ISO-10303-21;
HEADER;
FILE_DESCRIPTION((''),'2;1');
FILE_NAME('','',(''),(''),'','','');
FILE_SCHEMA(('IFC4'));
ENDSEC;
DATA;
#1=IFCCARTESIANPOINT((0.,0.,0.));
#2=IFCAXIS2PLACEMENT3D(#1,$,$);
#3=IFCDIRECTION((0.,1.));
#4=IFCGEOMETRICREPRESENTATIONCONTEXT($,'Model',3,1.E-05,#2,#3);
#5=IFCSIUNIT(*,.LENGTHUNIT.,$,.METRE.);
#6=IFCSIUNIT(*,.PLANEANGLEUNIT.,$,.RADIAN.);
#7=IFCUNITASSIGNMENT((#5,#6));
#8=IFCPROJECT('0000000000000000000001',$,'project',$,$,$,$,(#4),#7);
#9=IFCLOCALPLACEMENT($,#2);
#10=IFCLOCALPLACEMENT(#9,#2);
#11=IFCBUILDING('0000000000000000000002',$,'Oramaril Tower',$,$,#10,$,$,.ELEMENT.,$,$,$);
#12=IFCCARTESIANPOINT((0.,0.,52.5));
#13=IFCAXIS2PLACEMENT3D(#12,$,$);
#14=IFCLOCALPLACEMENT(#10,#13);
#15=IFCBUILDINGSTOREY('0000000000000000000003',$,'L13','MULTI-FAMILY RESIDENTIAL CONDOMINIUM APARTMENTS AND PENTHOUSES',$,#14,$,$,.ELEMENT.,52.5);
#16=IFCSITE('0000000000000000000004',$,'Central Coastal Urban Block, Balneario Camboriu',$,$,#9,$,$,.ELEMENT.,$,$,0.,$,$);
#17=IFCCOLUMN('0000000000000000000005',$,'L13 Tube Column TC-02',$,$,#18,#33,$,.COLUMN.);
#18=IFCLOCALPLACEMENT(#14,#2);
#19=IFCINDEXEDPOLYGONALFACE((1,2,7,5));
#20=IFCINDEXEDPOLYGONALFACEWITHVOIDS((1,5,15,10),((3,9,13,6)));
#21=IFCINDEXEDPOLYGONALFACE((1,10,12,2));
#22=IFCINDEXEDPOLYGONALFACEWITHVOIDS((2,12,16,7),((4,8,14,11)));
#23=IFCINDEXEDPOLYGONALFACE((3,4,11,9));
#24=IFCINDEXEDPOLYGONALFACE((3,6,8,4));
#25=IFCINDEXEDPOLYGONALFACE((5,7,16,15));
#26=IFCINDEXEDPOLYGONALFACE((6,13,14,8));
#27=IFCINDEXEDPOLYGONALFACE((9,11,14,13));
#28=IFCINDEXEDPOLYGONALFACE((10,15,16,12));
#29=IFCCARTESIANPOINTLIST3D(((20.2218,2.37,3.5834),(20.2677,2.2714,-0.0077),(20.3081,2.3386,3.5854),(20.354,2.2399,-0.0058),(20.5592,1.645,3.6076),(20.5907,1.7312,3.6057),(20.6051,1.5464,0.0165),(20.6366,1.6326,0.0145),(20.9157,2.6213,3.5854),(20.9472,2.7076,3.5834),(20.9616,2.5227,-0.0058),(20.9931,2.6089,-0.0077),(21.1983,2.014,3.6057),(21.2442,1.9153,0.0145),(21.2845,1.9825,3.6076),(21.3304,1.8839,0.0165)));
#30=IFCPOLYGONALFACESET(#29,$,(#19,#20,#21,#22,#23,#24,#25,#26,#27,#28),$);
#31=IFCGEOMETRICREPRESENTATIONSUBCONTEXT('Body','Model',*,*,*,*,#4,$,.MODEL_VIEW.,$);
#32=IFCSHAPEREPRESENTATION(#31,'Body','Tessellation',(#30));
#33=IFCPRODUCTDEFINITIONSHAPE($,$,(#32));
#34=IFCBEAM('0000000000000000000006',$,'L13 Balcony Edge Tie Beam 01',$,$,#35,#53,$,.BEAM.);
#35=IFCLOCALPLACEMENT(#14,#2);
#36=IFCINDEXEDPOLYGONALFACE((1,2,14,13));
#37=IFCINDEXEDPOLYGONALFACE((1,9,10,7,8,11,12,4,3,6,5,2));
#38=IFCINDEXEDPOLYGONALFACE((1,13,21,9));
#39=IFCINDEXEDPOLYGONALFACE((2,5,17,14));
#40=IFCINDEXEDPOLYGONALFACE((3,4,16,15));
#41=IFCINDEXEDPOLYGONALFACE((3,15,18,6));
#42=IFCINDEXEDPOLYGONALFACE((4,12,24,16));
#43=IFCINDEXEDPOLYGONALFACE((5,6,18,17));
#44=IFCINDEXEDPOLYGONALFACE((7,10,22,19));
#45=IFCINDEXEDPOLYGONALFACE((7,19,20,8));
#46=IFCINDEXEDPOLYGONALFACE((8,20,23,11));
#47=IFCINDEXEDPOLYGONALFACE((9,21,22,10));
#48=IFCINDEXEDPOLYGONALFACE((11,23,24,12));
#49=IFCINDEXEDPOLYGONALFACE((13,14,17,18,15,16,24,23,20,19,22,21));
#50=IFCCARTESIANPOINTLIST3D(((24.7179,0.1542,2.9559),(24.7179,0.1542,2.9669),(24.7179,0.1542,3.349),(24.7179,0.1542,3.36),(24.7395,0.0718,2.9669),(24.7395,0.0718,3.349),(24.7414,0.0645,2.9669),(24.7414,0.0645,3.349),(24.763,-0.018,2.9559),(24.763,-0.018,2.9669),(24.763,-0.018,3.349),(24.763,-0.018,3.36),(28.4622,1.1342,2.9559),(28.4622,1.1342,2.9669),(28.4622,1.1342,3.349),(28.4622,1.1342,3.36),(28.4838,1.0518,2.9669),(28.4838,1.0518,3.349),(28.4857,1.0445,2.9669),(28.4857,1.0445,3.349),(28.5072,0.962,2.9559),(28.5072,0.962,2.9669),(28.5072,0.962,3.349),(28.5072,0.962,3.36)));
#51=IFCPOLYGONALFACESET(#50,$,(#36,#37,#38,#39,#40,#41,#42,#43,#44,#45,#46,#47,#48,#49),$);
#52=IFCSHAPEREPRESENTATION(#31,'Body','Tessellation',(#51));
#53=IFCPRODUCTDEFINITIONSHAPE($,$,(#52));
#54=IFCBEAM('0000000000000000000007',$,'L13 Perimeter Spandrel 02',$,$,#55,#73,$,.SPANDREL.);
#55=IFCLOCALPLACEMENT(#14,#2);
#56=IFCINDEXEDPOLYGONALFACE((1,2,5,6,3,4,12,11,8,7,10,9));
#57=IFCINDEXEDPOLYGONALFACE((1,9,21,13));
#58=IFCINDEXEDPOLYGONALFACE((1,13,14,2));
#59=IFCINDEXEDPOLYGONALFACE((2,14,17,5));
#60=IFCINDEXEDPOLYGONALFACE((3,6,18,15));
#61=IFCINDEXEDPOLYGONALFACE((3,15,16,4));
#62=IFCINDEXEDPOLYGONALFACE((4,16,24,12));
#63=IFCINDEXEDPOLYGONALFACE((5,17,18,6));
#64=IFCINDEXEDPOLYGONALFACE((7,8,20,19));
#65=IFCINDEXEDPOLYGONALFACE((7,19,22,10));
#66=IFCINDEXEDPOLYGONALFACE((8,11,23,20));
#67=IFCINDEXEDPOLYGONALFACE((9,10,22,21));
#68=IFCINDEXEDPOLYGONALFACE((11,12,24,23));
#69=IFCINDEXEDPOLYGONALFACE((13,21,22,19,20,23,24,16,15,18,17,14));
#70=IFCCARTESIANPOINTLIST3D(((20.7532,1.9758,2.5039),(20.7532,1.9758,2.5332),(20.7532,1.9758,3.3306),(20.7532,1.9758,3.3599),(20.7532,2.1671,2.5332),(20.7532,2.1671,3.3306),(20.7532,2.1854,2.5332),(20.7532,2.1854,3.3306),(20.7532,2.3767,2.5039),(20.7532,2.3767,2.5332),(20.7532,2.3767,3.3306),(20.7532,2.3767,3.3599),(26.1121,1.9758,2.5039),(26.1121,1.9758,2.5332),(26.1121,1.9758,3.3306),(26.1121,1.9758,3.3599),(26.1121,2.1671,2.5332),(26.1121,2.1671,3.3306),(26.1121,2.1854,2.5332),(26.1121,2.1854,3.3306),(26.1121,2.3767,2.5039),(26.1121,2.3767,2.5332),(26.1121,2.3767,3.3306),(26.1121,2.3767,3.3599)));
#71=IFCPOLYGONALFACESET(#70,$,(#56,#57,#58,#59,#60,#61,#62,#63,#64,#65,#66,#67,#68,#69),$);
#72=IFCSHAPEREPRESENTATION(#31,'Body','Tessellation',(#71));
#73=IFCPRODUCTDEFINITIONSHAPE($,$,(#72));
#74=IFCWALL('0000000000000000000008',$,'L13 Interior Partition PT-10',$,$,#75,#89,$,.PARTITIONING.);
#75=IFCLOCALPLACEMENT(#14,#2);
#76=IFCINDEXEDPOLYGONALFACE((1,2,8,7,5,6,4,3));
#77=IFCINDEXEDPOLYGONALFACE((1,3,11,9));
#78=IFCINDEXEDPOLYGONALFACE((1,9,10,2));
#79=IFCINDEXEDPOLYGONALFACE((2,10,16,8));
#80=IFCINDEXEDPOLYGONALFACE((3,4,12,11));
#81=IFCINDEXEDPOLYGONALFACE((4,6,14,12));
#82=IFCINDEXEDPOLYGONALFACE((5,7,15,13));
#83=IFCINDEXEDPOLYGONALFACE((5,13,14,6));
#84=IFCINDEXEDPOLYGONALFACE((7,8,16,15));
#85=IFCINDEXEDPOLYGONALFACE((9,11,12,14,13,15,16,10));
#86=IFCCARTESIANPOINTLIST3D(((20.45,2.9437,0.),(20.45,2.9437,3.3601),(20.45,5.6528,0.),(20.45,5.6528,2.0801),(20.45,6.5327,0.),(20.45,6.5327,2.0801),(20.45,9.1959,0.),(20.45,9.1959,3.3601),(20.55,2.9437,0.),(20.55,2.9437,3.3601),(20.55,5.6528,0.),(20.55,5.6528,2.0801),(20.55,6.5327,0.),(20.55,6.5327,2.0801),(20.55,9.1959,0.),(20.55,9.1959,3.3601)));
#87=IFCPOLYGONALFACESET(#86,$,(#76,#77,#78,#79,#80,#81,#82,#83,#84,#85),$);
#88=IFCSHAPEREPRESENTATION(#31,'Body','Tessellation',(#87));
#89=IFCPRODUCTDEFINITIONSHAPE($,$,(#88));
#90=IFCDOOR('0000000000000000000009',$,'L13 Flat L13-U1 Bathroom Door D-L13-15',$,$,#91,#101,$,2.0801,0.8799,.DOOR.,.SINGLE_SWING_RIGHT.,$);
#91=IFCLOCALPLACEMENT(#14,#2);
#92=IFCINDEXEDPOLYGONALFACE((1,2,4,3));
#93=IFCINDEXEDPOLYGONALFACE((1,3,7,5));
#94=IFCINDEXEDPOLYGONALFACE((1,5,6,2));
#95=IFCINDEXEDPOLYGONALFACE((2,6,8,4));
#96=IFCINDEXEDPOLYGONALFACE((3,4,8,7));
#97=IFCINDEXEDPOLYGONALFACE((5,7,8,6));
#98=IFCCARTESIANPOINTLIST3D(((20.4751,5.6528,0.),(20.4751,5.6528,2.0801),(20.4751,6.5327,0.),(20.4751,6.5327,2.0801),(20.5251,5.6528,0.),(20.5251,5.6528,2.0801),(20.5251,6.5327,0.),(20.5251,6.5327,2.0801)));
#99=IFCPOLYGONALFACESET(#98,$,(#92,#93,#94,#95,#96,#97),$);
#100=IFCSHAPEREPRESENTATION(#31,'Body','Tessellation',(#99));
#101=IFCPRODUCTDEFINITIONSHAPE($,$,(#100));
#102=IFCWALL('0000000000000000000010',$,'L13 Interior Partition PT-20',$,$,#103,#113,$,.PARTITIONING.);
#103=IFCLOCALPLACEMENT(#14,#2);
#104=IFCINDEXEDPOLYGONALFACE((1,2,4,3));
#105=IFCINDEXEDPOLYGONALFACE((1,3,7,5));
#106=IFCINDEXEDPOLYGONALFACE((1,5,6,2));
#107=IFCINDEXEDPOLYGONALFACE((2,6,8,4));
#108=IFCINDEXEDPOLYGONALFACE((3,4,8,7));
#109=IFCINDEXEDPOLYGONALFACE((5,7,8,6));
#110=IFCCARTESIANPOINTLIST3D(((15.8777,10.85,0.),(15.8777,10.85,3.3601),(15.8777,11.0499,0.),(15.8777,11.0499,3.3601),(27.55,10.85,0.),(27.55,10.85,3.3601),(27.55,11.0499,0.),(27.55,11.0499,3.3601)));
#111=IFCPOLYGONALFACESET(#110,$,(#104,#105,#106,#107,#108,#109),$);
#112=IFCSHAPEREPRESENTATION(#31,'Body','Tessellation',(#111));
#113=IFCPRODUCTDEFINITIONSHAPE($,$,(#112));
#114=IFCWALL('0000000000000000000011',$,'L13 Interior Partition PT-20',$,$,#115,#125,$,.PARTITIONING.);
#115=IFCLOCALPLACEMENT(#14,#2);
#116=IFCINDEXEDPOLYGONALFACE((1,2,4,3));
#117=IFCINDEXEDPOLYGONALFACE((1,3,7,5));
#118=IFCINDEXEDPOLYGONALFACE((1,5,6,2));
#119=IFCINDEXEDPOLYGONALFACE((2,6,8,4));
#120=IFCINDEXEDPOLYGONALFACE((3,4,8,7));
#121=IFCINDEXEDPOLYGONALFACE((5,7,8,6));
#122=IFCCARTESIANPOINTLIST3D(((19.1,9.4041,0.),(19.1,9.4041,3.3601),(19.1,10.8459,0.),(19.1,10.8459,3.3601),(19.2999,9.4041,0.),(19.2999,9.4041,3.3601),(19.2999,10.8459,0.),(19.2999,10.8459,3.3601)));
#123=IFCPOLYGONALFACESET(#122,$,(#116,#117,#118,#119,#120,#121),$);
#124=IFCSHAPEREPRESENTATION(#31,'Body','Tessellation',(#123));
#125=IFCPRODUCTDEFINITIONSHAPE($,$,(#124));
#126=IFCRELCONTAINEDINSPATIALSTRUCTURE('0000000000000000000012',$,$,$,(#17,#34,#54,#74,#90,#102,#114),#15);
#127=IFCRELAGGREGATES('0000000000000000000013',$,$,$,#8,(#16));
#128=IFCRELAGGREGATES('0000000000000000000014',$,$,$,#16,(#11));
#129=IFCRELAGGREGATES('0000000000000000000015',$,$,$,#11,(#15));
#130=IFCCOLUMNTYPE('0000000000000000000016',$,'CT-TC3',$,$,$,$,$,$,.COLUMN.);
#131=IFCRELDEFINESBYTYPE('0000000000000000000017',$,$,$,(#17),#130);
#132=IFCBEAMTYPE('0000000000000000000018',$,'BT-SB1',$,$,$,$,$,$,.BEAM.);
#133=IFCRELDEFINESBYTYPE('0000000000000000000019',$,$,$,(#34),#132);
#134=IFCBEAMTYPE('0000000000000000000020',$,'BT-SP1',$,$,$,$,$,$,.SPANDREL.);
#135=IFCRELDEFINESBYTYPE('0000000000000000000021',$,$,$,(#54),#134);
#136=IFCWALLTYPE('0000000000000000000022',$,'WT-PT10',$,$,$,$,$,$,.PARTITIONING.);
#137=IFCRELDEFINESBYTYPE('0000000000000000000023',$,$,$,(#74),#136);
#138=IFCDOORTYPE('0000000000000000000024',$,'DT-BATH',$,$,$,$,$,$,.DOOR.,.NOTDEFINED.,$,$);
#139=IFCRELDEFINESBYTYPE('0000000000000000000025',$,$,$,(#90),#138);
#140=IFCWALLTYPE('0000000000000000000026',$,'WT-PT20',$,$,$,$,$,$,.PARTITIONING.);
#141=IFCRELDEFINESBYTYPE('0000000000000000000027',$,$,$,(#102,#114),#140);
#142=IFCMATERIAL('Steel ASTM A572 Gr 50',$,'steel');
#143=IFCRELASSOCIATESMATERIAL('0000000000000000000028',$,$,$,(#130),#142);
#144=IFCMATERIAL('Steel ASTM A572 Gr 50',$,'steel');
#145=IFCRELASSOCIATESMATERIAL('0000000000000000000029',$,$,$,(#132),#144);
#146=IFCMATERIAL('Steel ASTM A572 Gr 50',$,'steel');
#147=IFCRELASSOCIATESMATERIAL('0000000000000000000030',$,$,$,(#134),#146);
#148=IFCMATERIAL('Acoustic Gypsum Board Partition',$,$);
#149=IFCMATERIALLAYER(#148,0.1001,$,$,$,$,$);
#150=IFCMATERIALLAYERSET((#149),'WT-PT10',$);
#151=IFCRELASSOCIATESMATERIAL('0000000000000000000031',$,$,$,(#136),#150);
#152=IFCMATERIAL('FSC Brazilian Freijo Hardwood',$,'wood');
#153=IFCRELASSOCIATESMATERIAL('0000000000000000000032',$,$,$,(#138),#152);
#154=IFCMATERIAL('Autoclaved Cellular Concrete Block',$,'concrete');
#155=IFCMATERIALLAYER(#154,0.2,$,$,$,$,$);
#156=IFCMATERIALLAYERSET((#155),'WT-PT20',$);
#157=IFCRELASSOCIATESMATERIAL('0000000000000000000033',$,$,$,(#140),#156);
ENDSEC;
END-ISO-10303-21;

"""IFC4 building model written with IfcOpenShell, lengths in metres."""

from ifc_helpers import new_model, si_unit, direction, frame, frame_2d, origin, origin_2d, place, context, subcontext, project, spatial, rectangle, hollow_rectangle, i_section, extrude, material, layer, layer_set, material_profile, profile_set, type_object, element, fill, save


model = new_model("IFC4")

# Units and contexts
model_context = context("Model", 3, precision=1e-05, world=origin(), true_north=direction((0.0, 1.0)))
body_context = subcontext(model_context, "Body", "Model", "MODEL_VIEW")
ifc_project = project(units=[si_unit("LENGTHUNIT", "METRE"), si_unit("PLANEANGLEUNIT", "RADIAN")], contexts=[model_context])

# Site, building, storey
site_placement = place(None, origin())
site = spatial("IfcSite", under=ifc_project, at=site_placement, Name="Central Coastal Urban Block, Balneario Camboriu", CompositionType="ELEMENT", RefElevation=0.0)
building_placement = place(site_placement, origin())
building = spatial("IfcBuilding", under=site, at=building_placement, Name="Oramaril Tower", CompositionType="ELEMENT")
storey_placement = place(building_placement, frame((0.0, 0.0, 52.5)))
storey = spatial("IfcBuildingStorey", under=building, at=storey_placement, Name="L13", Description="MULTI-FAMILY RESIDENTIAL CONDOMINIUM APARTMENTS AND PENTHOUSES", CompositionType="ELEMENT", Elevation=52.5)

# Column
ifc_material_1 = material(Name="Steel ASTM A572 Gr 50", Category="steel")
ifc_material_profile_1 = material_profile(ifc_material_1, hollow_rectangle(XDim=0.8, YDim=0.8, WallThickness=0.0649, at=origin_2d()), Name="BOX800X800X65")
ifc_profile_set_1 = profile_set([ifc_material_profile_1], Name="Steel ASTM A572 Gr 50")
column_type = type_object("IfcColumnType", Name="CT-TC3", PredefinedType="COLUMN", material=ifc_profile_set_1)
column_placement = place(storey_placement, frame((20.7991, 2.0776, 0.0044), z_axis=(-0.012775, 0.027454, 0.999541), x_axis=(-0.906641, -0.421902, 0.0)))
element("IfcColumn", 1, at=column_placement, inside=storey, type_object=column_type, Name="L13 Tube Column TC-02", PredefinedType="COLUMN", context=body_context, shape_type="SweptSolid", body=[
    extrude(hollow_rectangle(XDim=0.8, YDim=0.8, WallThickness=0.0649, at=origin_2d()), origin(), (0.0, 0.0, 1.0), 3.5928),
])

# Beams
ifc_material_2 = material(Name="Steel ASTM A572 Gr 50", Category="steel")
ifc_material_profile_2 = material_profile(ifc_material_2, i_section(OverallWidth=0.178, OverallDepth=0.4041, WebThickness=0.0076, FlangeThickness=0.011, at=origin_2d()), Name="W16X36")
ifc_profile_set_2 = profile_set([ifc_material_profile_2], Name="Steel ASTM A572 Gr 50")
beam_type_1 = type_object("IfcBeamType", Name="BT-SB1", PredefinedType="BEAM", material=ifc_profile_set_2)
beam_1_placement = place(storey_placement, frame((24.7405, 0.0681, 3.158), z_axis=(0.967412, 0.253208, 0.0), x_axis=(-0.253208, 0.967412, 0.0)))
element("IfcBeam", 2, at=beam_1_placement, inside=storey, type_object=beam_type_1, Name="L13 Balcony Edge Tie Beam 01", PredefinedType="BEAM", context=body_context, shape_type="SweptSolid", body=[
    extrude(i_section(OverallWidth=0.178, OverallDepth=0.4041, WebThickness=0.0076, FlangeThickness=0.011, at=origin_2d()), origin(), (0.0, 0.0, 1.0), 3.8704),
])
ifc_material_3 = material(Name="Steel ASTM A572 Gr 50", Category="steel")
ifc_material_profile_3 = material_profile(ifc_material_3, i_section(OverallWidth=0.4009, OverallDepth=0.856, WebThickness=0.0183, FlangeThickness=0.0293, at=origin_2d()), Name="W33X201")
ifc_profile_set_3 = profile_set([ifc_material_profile_3], Name="Steel ASTM A572 Gr 50")
beam_type_2 = type_object("IfcBeamType", Name="BT-SP1", PredefinedType="SPANDREL", material=ifc_profile_set_3)
beam_2_placement = place(storey_placement, frame((20.7532, 2.1763, 2.9319), z_axis=(1.0, 0.0, 0.0), x_axis=(0.0, 1.0, 0.0)))
element("IfcBeam", 3, at=beam_2_placement, inside=storey, type_object=beam_type_2, Name="L13 Perimeter Spandrel 02", PredefinedType="SPANDREL", context=body_context, shape_type="SweptSolid", body=[
    extrude(i_section(OverallWidth=0.4009, OverallDepth=0.856, WebThickness=0.0183, FlangeThickness=0.0293, at=origin_2d()), origin(), (0.0, 0.0, 1.0), 5.3589),
])

# Wall, opening, door
ifc_material_4 = material(Name="Acoustic Gypsum Board Partition")
ifc_layer_1 = layer(ifc_material_4, 0.1001)
ifc_layer_set_1 = layer_set([ifc_layer_1], Name="WT-PT10")
wall_type_1 = type_object("IfcWallType", Name="WT-PT10", PredefinedType="PARTITIONING", material=ifc_layer_set_1)
wall_1_placement = place(storey_placement, frame((20.5, 2.9438, 0.0), z_axis=(0.0, 0.0, 1.0), x_axis=(0.0, 1.0, 0.0)))
wall_1 = element("IfcWall", 4, at=wall_1_placement, inside=storey, type_object=wall_type_1, Name="L13 Interior Partition PT-10", PredefinedType="PARTITIONING", context=body_context, shape_type="SweptSolid", body=[
    extrude(rectangle(XDim=6.2522, YDim=0.1001, at=frame_2d((3.126, 0.0))), origin(), (0.0, 0.0, 1.0), 3.3601),
])
opening_1_placement = place(wall_1_placement, frame((2.709, 0.0, 0.0)))
opening_1 = element("IfcOpeningElement", 5, at=opening_1_placement, cuts=wall_1, PredefinedType="OPENING", context=body_context, shape_type="SweptSolid", body=[
    extrude(rectangle(XDim=0.8799, YDim=2.0801, at=frame_2d((0.4399, 1.04))), frame((0.0, 0.05, 0.0), z_axis=(0.0, -1.0, 0.0), x_axis=(1.0, 0.0, 0.0)), (0.0, 0.0, 1.0), 0.1001),
])
ifc_material_5 = material(Name="FSC Brazilian Freijo Hardwood", Category="wood")
door_type_1 = type_object("IfcDoorType", Name="DT-BATH", OperationType="NOTDEFINED", PredefinedType="DOOR", material=ifc_material_5)
door_1_placement = place(opening_1_placement, origin())
door_1 = element("IfcDoor", 6, at=door_1_placement, inside=storey, type_object=door_type_1, Name="L13 Flat L13-U1 Bathroom Door D-L13-15", OperationType="SINGLE_SWING_RIGHT", OverallHeight=2.0801, OverallWidth=0.8799, PredefinedType="DOOR", context=body_context, shape_type="SweptSolid", body=[
    extrude(rectangle(XDim=0.8799, YDim=2.0801, at=frame_2d((0.4399, 1.04))), frame((0.0, 0.0249, 0.0), z_axis=(0.0, -1.0, 0.0), x_axis=(1.0, 0.0, 0.0)), (0.0, 0.0, 1.0), 0.05),
])
fill(opening_1, door_1)

# Shared definitions
ifc_material_6 = material(Name="Autoclaved Cellular Concrete Block", Category="concrete")
ifc_layer_2 = layer(ifc_material_6, 0.2)
ifc_layer_set_2 = layer_set([ifc_layer_2], Name="WT-PT20")
wall_type_2 = type_object("IfcWallType", Name="WT-PT20", PredefinedType="PARTITIONING", material=ifc_layer_set_2)

# Walls
wall_2_placement = place(storey_placement, frame((15.8777, 10.95, 0.0), z_axis=(0.0, 0.0, 1.0), x_axis=(1.0, 0.0, 0.0)))
element("IfcWall", 7, at=wall_2_placement, inside=storey, type_object=wall_type_2, Name="L13 Interior Partition PT-20", PredefinedType="PARTITIONING", context=body_context, shape_type="SweptSolid", body=[
    extrude(rectangle(XDim=11.6724, YDim=0.2, at=frame_2d((5.8362, 0.0))), origin(), (0.0, 0.0, 1.0), 3.3601),
])
wall_3_placement = place(storey_placement, frame((19.2, 9.4041, 0.0), z_axis=(0.0, 0.0, 1.0), x_axis=(0.0, 1.0, 0.0)))
element("IfcWall", 8, at=wall_3_placement, inside=storey, type_object=wall_type_2, Name="L13 Interior Partition PT-20", PredefinedType="PARTITIONING", context=body_context, shape_type="SweptSolid", body=[
    extrude(rectangle(XDim=1.4419, YDim=0.2, at=frame_2d((0.7209, 0.0))), origin(), (0.0, 0.0, 1.0), 3.3601),
])

save(model, "model.ifc")
